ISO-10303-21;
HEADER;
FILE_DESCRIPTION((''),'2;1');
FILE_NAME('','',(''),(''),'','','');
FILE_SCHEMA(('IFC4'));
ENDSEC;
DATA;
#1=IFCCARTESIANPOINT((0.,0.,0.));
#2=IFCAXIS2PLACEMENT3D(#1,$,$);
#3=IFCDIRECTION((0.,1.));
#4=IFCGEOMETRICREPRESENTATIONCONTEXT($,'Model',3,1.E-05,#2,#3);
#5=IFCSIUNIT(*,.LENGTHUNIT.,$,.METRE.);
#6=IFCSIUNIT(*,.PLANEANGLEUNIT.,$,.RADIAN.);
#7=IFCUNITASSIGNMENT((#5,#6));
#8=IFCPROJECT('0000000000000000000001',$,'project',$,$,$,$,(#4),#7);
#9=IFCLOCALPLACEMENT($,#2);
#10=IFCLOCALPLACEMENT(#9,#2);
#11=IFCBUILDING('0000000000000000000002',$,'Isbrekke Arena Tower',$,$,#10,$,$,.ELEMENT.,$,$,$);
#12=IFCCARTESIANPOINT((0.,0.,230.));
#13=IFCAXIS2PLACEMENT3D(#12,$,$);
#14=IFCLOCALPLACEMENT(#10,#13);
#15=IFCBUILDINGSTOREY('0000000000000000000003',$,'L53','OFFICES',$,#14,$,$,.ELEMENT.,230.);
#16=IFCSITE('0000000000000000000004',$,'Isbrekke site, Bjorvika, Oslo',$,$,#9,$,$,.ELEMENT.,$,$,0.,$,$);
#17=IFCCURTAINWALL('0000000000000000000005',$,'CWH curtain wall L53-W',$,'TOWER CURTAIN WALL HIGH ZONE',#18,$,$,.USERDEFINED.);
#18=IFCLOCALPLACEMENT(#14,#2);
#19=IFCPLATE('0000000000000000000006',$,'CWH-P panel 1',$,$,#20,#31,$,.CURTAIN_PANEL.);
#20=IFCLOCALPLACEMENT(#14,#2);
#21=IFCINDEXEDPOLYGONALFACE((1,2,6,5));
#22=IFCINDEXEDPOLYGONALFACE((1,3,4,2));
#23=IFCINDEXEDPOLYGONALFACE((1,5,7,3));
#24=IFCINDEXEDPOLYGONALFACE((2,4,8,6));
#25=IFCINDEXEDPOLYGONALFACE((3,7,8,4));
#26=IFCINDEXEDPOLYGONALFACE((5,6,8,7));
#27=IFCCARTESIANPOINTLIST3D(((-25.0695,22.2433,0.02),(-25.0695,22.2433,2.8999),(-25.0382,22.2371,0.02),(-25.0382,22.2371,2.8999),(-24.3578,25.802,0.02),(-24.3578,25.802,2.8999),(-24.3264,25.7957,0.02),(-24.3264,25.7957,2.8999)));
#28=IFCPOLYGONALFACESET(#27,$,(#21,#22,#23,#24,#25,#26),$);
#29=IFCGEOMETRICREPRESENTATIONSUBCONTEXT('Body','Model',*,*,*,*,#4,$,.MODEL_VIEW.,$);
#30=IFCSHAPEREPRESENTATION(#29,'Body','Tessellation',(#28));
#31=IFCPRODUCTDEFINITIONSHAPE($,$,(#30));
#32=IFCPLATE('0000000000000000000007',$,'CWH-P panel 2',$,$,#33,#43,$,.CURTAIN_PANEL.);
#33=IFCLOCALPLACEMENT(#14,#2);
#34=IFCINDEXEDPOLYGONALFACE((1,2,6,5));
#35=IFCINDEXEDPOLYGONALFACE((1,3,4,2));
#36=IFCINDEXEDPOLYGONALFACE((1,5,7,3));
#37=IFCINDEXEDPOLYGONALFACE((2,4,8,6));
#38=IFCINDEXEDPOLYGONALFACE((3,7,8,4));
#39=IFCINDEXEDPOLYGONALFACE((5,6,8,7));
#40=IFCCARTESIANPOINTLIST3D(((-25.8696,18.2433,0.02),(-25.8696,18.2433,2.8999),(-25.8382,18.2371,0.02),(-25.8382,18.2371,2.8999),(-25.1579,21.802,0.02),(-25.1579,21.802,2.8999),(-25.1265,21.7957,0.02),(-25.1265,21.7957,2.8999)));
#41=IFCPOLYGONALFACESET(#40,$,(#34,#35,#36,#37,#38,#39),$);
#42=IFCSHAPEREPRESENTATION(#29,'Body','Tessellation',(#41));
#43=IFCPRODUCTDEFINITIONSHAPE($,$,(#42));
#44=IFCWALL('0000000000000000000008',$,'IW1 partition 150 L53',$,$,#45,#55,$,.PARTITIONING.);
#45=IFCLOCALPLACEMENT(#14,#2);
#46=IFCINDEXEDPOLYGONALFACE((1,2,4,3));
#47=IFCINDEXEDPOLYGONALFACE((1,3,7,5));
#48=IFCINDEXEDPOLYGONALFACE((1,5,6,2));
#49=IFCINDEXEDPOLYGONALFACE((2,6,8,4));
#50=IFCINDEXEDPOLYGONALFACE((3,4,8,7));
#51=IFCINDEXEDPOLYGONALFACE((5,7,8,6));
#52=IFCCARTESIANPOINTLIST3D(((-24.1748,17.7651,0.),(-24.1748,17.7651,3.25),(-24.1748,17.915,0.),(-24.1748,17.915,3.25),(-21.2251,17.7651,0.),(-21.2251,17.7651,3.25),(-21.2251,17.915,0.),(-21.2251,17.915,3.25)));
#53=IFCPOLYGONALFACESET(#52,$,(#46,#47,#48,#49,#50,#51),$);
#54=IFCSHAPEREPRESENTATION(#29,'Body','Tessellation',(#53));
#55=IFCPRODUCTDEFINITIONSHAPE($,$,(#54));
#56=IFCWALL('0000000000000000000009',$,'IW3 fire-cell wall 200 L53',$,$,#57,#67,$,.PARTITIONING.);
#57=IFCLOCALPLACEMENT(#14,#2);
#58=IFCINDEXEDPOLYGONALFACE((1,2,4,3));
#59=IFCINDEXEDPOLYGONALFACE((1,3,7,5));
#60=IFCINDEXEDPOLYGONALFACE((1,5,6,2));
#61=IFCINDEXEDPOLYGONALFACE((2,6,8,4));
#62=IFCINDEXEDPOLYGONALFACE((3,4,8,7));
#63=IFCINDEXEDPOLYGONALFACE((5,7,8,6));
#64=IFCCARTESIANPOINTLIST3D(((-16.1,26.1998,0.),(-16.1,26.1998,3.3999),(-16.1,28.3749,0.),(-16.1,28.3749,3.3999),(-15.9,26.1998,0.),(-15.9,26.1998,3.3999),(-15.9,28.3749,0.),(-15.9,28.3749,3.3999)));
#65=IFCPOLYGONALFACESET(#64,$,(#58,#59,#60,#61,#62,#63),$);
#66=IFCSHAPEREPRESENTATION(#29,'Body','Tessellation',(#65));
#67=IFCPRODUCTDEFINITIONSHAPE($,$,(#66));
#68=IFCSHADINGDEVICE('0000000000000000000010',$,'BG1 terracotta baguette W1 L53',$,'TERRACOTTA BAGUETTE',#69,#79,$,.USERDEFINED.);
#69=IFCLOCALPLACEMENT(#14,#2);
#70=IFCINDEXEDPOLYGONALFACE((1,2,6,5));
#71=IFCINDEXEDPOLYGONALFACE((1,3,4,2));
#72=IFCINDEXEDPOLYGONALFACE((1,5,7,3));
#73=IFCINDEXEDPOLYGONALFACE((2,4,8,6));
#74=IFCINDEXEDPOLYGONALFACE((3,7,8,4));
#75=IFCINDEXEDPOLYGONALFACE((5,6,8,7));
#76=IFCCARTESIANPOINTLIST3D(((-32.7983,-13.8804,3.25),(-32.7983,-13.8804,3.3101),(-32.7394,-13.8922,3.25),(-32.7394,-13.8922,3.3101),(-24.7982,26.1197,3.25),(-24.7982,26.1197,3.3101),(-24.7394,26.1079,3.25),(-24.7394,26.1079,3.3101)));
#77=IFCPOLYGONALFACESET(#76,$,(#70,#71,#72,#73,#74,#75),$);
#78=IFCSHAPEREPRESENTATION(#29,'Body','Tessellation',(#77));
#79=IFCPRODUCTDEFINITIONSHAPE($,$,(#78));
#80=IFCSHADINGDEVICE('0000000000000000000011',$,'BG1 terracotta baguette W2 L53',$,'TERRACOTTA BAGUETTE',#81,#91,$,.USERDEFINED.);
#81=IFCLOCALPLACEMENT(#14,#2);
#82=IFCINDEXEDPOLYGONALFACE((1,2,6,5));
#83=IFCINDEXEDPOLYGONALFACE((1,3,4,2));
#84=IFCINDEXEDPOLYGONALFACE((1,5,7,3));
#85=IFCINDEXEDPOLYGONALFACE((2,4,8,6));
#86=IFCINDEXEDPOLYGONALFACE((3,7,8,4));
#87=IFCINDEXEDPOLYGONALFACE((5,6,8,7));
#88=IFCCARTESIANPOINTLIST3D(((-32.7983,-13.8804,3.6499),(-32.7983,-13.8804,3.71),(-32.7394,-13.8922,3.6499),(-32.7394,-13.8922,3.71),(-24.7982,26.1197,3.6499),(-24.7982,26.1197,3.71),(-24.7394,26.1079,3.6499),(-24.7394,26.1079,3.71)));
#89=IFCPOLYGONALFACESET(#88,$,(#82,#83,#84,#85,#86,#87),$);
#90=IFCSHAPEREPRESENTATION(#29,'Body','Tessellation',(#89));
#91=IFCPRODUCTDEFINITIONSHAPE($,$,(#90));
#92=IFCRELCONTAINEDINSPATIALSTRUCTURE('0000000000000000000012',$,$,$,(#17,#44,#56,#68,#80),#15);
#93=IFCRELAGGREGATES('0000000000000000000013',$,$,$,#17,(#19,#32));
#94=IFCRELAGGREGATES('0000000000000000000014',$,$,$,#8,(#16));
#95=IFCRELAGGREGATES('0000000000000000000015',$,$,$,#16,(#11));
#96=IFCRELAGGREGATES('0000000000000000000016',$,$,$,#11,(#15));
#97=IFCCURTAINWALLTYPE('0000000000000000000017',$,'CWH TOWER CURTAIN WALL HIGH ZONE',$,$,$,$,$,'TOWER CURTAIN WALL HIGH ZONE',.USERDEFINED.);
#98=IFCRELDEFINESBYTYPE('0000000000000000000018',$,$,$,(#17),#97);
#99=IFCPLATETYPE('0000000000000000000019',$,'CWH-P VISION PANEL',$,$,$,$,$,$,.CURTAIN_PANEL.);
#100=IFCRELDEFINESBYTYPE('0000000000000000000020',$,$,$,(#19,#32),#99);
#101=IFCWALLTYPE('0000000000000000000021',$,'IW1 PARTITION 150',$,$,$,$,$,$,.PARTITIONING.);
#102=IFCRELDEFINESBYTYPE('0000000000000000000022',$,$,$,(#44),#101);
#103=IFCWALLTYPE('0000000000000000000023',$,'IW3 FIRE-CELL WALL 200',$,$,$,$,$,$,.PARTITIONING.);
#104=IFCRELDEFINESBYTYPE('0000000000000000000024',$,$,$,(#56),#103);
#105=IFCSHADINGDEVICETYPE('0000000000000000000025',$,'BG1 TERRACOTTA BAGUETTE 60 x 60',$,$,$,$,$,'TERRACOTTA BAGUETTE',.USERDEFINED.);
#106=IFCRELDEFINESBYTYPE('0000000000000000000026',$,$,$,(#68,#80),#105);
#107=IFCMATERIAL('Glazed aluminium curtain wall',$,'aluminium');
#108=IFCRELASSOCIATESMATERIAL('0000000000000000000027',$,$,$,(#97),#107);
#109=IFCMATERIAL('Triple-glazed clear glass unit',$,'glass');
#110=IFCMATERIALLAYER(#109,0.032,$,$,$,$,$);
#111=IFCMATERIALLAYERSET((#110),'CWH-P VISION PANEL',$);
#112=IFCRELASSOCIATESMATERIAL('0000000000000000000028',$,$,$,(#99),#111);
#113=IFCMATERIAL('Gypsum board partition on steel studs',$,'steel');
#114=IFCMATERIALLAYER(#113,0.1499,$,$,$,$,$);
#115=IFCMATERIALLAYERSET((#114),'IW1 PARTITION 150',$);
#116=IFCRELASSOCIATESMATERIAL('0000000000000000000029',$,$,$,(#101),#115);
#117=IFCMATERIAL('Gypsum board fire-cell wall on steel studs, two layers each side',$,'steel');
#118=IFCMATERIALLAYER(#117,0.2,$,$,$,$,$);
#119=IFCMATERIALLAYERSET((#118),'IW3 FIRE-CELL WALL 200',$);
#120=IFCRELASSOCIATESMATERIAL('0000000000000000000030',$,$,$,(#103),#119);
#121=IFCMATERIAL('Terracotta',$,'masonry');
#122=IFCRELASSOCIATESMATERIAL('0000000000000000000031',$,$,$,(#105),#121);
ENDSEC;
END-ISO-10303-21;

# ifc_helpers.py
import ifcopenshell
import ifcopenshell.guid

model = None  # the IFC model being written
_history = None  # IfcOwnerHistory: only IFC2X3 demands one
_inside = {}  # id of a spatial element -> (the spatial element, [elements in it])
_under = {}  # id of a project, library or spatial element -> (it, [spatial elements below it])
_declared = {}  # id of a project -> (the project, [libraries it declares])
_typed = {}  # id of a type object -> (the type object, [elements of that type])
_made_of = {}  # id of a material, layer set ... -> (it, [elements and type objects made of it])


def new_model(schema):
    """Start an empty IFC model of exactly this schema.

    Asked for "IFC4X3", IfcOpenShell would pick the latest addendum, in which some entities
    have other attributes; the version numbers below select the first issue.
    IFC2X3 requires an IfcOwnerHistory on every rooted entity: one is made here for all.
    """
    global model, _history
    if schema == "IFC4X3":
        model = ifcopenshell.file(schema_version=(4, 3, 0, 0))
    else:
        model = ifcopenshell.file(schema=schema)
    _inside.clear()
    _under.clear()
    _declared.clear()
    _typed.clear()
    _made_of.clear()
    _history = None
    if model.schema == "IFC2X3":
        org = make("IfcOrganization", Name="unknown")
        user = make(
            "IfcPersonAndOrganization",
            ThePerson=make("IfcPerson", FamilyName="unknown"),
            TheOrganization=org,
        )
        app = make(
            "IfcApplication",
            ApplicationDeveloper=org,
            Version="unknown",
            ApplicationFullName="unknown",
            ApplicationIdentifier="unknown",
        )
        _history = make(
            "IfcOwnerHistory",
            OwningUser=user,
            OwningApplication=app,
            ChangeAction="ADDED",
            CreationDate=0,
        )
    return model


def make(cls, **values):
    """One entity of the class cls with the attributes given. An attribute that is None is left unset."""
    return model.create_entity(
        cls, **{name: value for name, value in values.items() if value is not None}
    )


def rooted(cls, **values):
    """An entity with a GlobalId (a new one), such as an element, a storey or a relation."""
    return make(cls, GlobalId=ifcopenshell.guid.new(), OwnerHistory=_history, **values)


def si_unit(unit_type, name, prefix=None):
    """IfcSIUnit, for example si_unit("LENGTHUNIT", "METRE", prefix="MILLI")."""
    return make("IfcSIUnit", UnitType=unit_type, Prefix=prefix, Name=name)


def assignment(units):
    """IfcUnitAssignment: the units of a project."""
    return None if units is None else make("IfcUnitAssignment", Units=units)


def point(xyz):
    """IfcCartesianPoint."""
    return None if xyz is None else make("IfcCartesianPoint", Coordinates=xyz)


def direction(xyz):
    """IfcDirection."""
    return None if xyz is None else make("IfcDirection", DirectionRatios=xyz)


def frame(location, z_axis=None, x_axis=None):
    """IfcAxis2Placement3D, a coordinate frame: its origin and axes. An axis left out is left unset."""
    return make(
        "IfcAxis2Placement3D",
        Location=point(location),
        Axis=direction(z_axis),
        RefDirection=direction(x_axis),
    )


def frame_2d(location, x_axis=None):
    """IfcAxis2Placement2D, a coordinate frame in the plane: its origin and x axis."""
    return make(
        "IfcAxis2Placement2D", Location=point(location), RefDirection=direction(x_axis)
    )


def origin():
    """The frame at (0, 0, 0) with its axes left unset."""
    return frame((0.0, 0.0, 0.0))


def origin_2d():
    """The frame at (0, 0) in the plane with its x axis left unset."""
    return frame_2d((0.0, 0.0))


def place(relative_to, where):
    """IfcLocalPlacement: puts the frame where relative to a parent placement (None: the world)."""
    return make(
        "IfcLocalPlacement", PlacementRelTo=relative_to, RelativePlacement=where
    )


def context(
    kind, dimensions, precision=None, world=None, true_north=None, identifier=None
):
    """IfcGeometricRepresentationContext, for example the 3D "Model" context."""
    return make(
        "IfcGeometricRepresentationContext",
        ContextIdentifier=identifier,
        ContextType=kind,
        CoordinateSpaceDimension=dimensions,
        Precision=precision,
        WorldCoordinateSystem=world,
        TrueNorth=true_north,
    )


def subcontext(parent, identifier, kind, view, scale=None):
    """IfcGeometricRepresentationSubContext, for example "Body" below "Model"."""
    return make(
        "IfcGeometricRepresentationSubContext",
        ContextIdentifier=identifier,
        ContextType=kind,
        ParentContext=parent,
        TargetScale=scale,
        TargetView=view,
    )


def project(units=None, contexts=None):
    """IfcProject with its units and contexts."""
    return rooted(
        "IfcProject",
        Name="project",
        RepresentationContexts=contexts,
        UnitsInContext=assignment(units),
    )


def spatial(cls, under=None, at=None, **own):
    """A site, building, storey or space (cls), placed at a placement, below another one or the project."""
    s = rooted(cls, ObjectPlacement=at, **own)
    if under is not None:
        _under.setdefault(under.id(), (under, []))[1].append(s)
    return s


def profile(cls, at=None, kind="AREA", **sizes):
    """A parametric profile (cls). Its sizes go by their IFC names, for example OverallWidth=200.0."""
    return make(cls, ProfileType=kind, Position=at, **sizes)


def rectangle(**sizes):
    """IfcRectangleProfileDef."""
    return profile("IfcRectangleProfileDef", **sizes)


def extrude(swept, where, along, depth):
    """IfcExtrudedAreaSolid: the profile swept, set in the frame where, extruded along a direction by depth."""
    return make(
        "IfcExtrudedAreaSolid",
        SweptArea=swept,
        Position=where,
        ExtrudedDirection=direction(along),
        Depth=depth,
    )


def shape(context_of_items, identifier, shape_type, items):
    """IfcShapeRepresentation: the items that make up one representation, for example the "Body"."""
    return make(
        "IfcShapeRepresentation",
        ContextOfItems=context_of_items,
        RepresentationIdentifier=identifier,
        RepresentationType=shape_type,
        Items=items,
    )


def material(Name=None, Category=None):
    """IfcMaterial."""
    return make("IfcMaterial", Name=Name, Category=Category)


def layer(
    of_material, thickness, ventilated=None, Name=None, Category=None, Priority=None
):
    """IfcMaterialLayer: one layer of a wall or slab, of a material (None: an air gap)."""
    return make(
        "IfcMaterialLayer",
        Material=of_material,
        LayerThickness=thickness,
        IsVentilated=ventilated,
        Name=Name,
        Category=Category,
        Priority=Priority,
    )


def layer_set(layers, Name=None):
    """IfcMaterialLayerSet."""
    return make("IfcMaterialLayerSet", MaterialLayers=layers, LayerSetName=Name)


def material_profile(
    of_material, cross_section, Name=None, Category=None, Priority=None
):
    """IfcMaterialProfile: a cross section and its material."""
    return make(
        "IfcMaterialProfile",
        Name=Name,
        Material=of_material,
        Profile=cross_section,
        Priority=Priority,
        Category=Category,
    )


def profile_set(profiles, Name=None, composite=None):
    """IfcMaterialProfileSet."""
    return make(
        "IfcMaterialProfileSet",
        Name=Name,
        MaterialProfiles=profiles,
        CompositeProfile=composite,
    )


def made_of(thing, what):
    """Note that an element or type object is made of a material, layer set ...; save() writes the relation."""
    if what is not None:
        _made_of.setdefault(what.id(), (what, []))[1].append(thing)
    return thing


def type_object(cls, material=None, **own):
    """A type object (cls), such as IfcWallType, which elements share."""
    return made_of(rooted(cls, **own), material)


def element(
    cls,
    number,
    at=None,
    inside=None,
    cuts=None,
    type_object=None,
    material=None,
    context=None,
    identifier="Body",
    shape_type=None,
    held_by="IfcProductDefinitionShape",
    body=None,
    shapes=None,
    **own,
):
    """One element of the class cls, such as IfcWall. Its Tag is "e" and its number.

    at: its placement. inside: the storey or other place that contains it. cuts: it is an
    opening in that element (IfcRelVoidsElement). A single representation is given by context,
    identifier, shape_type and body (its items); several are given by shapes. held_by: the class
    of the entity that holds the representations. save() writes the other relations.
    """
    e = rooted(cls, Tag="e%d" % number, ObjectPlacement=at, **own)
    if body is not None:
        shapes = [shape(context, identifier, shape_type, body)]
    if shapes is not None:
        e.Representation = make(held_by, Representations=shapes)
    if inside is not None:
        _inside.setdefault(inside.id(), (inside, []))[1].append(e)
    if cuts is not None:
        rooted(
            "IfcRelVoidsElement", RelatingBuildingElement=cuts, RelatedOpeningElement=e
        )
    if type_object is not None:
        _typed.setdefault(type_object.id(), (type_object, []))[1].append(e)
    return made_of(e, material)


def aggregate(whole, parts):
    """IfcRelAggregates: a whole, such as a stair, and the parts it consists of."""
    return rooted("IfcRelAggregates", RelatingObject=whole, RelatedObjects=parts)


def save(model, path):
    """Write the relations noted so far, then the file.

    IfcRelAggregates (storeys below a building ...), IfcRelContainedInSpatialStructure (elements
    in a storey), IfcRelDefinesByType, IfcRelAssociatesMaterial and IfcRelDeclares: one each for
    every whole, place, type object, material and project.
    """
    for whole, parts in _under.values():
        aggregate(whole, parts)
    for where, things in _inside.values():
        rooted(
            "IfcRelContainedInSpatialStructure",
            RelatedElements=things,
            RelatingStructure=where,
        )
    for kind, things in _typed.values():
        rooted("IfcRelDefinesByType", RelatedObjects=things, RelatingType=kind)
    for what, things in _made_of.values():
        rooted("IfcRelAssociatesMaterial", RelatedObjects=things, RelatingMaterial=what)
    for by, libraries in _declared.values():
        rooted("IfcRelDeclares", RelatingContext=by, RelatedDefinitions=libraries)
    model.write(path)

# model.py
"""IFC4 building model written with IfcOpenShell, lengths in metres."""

from ifc_helpers import new_model, si_unit, direction, frame, frame_2d, origin, origin_2d, place, context, subcontext, project, spatial, rectangle, extrude, material, layer, layer_set, material_profile, profile_set, type_object, element, aggregate, save


model = new_model("IFC4")

# Units and contexts
model_context = context("Model", 3, precision=1e-05, world=origin(), true_north=direction((0.0, 1.0)))
body_context = subcontext(model_context, "Body", "Model", "MODEL_VIEW")
ifc_project = project(units=[si_unit("LENGTHUNIT", "METRE"), si_unit("PLANEANGLEUNIT", "RADIAN")], contexts=[model_context])

# Site, building, storey
site_placement = place(None, origin())
site = spatial("IfcSite", under=ifc_project, at=site_placement, Name="Isbrekke site, Bjorvika, Oslo", CompositionType="ELEMENT", RefElevation=0.0)
building_placement = place(site_placement, origin())
building = spatial("IfcBuilding", under=site, at=building_placement, Name="Isbrekke Arena Tower", CompositionType="ELEMENT")
storey_placement = place(building_placement, frame((0.0, 0.0, 230.0)))
storey = spatial("IfcBuildingStorey", under=building, at=storey_placement, Name="L53", Description="OFFICES", CompositionType="ELEMENT", Elevation=230.0)

# Shared definitions
ifc_material_1 = material(Name="Glazed aluminium curtain wall", Category="aluminium")
curtain_wall_type = type_object("IfcCurtainWallType", Name="CWH TOWER CURTAIN WALL HIGH ZONE", ElementType="TOWER CURTAIN WALL HIGH ZONE", PredefinedType="USERDEFINED", material=ifc_material_1)

# Curtain wall
curtain_wall_1_placement = place(storey_placement, origin())
curtain_wall_1 = element("IfcCurtainWall", 1, at=curtain_wall_1_placement, inside=storey, type_object=curtain_wall_type, Name="CWH curtain wall L53-W", ObjectType="TOWER CURTAIN WALL HIGH ZONE", PredefinedType="USERDEFINED")

# Plates
ifc_material_2 = material(Name="Triple-glazed clear glass unit", Category="glass")
ifc_layer_1 = layer(ifc_material_2, 0.032)
ifc_layer_set_1 = layer_set([ifc_layer_1], Name="CWH-P VISION PANEL")
plate_type = type_object("IfcPlateType", Name="CWH-P VISION PANEL", PredefinedType="CURTAIN_PANEL", material=ifc_layer_set_1)
plate_1_placement = place(storey_placement, frame((-24.698, 24.0195, 0.02), z_axis=(0.0, 0.0, 1.0), x_axis=(-0.196116, -0.980581, 0.0)))
plate_1 = element("IfcPlate", 2, at=plate_1_placement, type_object=plate_type, Name="CWH-P panel 1", PredefinedType="CURTAIN_PANEL", context=body_context, shape_type="SweptSolid", body=[
    extrude(rectangle(XDim=3.6292, YDim=0.032, at=origin_2d()), origin(), (0.0, 0.0, 1.0), 2.8799),
])
plate_2_placement = place(storey_placement, frame((-25.498, 20.0195, 0.02), z_axis=(0.0, 0.0, 1.0), x_axis=(-0.196116, -0.980581, 0.0)))
plate_2 = element("IfcPlate", 3, at=plate_2_placement, type_object=plate_type, Name="CWH-P panel 2", PredefinedType="CURTAIN_PANEL", context=body_context, shape_type="SweptSolid", body=[
    extrude(rectangle(XDim=3.6292, YDim=0.032, at=origin_2d()), origin(), (0.0, 0.0, 1.0), 2.8799),
])
aggregate(curtain_wall_1, [plate_1, plate_2])

# Wall
ifc_material_3 = material(Name="Gypsum board partition on steel studs", Category="steel")
ifc_layer_2 = layer(ifc_material_3, 0.1499)
ifc_layer_set_2 = layer_set([ifc_layer_2], Name="IW1 PARTITION 150")
wall_type_1 = type_object("IfcWallType", Name="IW1 PARTITION 150", PredefinedType="PARTITIONING", material=ifc_layer_set_2)
wall_1_placement = place(storey_placement, frame((-24.1748, 17.8401, 0.0), z_axis=(0.0, 0.0, 1.0), x_axis=(1.0, 0.0, 0.0)))
element("IfcWall", 4, at=wall_1_placement, inside=storey, type_object=wall_type_1, Name="IW1 partition 150 L53", PredefinedType="PARTITIONING", context=body_context, shape_type="SweptSolid", body=[
    extrude(rectangle(XDim=2.9497, YDim=0.1499, at=frame_2d((1.4749, 0.0))), origin(), (0.0, 0.0, 1.0), 3.25),
])

# Shared definitions
ifc_material_4 = material(Name="Gypsum board fire-cell wall on steel studs, two layers each side", Category="steel")
ifc_layer_3 = layer(ifc_material_4, 0.2)
ifc_layer_set_3 = layer_set([ifc_layer_3], Name="IW3 FIRE-CELL WALL 200")
wall_type_2 = type_object("IfcWallType", Name="IW3 FIRE-CELL WALL 200", PredefinedType="PARTITIONING", material=ifc_layer_set_3)

# Wall
wall_2_placement = place(storey_placement, frame((-16.0, 26.2, 0.0), z_axis=(0.0, 0.0, 1.0), x_axis=(0.0, 1.0, 0.0)))
element("IfcWall", 5, at=wall_2_placement, inside=storey, type_object=wall_type_2, Name="IW3 fire-cell wall 200 L53", PredefinedType="PARTITIONING", context=body_context, shape_type="SweptSolid", body=[
    extrude(rectangle(XDim=2.175, YDim=0.2, at=frame_2d((1.0874, 0.0))), origin(), (0.0, 0.0, 1.0), 3.3999),
])

# Shading devices
ifc_material_5 = material(Name="Terracotta", Category="masonry")
ifc_material_profile_1 = material_profile(ifc_material_5, rectangle(XDim=0.0601, YDim=0.0601, at=origin_2d()), Name="BAGUETTE 60X60")
ifc_profile_set_1 = profile_set([ifc_material_profile_1], Name="Terracotta")
shading_device_type = type_object("IfcShadingDeviceType", Name="BG1 TERRACOTTA BAGUETTE 60 x 60", ElementType="TERRACOTTA BAGUETTE", PredefinedType="USERDEFINED", material=ifc_profile_set_1)
for number, where, z_axis, x_axis, name in (
    (6, (-24.7688, 26.1138, 3.28), (-0.196116, -0.980581, 0.0), (0.980581, -0.196116, 0.0), "BG1 terracotta baguette W1 L53"),
    (7, (-24.7688, 26.1138, 3.6799), (-0.196116, -0.980581, 0.0), (0.980581, -0.196116, 0.0), "BG1 terracotta baguette W2 L53"),
):
    element("IfcShadingDevice", number, at=place(storey_placement, frame(where, z_axis=z_axis, x_axis=x_axis)), inside=storey, type_object=shading_device_type, Name=name, ObjectType="TERRACOTTA BAGUETTE", PredefinedType="USERDEFINED", context=body_context, shape_type="SweptSolid", body=[
        extrude(rectangle(XDim=0.0601, YDim=0.0601, at=origin_2d()), origin(), (0.0, 0.0, 1.0), 40.7922),
    ])

save(model, "model.ifc")
